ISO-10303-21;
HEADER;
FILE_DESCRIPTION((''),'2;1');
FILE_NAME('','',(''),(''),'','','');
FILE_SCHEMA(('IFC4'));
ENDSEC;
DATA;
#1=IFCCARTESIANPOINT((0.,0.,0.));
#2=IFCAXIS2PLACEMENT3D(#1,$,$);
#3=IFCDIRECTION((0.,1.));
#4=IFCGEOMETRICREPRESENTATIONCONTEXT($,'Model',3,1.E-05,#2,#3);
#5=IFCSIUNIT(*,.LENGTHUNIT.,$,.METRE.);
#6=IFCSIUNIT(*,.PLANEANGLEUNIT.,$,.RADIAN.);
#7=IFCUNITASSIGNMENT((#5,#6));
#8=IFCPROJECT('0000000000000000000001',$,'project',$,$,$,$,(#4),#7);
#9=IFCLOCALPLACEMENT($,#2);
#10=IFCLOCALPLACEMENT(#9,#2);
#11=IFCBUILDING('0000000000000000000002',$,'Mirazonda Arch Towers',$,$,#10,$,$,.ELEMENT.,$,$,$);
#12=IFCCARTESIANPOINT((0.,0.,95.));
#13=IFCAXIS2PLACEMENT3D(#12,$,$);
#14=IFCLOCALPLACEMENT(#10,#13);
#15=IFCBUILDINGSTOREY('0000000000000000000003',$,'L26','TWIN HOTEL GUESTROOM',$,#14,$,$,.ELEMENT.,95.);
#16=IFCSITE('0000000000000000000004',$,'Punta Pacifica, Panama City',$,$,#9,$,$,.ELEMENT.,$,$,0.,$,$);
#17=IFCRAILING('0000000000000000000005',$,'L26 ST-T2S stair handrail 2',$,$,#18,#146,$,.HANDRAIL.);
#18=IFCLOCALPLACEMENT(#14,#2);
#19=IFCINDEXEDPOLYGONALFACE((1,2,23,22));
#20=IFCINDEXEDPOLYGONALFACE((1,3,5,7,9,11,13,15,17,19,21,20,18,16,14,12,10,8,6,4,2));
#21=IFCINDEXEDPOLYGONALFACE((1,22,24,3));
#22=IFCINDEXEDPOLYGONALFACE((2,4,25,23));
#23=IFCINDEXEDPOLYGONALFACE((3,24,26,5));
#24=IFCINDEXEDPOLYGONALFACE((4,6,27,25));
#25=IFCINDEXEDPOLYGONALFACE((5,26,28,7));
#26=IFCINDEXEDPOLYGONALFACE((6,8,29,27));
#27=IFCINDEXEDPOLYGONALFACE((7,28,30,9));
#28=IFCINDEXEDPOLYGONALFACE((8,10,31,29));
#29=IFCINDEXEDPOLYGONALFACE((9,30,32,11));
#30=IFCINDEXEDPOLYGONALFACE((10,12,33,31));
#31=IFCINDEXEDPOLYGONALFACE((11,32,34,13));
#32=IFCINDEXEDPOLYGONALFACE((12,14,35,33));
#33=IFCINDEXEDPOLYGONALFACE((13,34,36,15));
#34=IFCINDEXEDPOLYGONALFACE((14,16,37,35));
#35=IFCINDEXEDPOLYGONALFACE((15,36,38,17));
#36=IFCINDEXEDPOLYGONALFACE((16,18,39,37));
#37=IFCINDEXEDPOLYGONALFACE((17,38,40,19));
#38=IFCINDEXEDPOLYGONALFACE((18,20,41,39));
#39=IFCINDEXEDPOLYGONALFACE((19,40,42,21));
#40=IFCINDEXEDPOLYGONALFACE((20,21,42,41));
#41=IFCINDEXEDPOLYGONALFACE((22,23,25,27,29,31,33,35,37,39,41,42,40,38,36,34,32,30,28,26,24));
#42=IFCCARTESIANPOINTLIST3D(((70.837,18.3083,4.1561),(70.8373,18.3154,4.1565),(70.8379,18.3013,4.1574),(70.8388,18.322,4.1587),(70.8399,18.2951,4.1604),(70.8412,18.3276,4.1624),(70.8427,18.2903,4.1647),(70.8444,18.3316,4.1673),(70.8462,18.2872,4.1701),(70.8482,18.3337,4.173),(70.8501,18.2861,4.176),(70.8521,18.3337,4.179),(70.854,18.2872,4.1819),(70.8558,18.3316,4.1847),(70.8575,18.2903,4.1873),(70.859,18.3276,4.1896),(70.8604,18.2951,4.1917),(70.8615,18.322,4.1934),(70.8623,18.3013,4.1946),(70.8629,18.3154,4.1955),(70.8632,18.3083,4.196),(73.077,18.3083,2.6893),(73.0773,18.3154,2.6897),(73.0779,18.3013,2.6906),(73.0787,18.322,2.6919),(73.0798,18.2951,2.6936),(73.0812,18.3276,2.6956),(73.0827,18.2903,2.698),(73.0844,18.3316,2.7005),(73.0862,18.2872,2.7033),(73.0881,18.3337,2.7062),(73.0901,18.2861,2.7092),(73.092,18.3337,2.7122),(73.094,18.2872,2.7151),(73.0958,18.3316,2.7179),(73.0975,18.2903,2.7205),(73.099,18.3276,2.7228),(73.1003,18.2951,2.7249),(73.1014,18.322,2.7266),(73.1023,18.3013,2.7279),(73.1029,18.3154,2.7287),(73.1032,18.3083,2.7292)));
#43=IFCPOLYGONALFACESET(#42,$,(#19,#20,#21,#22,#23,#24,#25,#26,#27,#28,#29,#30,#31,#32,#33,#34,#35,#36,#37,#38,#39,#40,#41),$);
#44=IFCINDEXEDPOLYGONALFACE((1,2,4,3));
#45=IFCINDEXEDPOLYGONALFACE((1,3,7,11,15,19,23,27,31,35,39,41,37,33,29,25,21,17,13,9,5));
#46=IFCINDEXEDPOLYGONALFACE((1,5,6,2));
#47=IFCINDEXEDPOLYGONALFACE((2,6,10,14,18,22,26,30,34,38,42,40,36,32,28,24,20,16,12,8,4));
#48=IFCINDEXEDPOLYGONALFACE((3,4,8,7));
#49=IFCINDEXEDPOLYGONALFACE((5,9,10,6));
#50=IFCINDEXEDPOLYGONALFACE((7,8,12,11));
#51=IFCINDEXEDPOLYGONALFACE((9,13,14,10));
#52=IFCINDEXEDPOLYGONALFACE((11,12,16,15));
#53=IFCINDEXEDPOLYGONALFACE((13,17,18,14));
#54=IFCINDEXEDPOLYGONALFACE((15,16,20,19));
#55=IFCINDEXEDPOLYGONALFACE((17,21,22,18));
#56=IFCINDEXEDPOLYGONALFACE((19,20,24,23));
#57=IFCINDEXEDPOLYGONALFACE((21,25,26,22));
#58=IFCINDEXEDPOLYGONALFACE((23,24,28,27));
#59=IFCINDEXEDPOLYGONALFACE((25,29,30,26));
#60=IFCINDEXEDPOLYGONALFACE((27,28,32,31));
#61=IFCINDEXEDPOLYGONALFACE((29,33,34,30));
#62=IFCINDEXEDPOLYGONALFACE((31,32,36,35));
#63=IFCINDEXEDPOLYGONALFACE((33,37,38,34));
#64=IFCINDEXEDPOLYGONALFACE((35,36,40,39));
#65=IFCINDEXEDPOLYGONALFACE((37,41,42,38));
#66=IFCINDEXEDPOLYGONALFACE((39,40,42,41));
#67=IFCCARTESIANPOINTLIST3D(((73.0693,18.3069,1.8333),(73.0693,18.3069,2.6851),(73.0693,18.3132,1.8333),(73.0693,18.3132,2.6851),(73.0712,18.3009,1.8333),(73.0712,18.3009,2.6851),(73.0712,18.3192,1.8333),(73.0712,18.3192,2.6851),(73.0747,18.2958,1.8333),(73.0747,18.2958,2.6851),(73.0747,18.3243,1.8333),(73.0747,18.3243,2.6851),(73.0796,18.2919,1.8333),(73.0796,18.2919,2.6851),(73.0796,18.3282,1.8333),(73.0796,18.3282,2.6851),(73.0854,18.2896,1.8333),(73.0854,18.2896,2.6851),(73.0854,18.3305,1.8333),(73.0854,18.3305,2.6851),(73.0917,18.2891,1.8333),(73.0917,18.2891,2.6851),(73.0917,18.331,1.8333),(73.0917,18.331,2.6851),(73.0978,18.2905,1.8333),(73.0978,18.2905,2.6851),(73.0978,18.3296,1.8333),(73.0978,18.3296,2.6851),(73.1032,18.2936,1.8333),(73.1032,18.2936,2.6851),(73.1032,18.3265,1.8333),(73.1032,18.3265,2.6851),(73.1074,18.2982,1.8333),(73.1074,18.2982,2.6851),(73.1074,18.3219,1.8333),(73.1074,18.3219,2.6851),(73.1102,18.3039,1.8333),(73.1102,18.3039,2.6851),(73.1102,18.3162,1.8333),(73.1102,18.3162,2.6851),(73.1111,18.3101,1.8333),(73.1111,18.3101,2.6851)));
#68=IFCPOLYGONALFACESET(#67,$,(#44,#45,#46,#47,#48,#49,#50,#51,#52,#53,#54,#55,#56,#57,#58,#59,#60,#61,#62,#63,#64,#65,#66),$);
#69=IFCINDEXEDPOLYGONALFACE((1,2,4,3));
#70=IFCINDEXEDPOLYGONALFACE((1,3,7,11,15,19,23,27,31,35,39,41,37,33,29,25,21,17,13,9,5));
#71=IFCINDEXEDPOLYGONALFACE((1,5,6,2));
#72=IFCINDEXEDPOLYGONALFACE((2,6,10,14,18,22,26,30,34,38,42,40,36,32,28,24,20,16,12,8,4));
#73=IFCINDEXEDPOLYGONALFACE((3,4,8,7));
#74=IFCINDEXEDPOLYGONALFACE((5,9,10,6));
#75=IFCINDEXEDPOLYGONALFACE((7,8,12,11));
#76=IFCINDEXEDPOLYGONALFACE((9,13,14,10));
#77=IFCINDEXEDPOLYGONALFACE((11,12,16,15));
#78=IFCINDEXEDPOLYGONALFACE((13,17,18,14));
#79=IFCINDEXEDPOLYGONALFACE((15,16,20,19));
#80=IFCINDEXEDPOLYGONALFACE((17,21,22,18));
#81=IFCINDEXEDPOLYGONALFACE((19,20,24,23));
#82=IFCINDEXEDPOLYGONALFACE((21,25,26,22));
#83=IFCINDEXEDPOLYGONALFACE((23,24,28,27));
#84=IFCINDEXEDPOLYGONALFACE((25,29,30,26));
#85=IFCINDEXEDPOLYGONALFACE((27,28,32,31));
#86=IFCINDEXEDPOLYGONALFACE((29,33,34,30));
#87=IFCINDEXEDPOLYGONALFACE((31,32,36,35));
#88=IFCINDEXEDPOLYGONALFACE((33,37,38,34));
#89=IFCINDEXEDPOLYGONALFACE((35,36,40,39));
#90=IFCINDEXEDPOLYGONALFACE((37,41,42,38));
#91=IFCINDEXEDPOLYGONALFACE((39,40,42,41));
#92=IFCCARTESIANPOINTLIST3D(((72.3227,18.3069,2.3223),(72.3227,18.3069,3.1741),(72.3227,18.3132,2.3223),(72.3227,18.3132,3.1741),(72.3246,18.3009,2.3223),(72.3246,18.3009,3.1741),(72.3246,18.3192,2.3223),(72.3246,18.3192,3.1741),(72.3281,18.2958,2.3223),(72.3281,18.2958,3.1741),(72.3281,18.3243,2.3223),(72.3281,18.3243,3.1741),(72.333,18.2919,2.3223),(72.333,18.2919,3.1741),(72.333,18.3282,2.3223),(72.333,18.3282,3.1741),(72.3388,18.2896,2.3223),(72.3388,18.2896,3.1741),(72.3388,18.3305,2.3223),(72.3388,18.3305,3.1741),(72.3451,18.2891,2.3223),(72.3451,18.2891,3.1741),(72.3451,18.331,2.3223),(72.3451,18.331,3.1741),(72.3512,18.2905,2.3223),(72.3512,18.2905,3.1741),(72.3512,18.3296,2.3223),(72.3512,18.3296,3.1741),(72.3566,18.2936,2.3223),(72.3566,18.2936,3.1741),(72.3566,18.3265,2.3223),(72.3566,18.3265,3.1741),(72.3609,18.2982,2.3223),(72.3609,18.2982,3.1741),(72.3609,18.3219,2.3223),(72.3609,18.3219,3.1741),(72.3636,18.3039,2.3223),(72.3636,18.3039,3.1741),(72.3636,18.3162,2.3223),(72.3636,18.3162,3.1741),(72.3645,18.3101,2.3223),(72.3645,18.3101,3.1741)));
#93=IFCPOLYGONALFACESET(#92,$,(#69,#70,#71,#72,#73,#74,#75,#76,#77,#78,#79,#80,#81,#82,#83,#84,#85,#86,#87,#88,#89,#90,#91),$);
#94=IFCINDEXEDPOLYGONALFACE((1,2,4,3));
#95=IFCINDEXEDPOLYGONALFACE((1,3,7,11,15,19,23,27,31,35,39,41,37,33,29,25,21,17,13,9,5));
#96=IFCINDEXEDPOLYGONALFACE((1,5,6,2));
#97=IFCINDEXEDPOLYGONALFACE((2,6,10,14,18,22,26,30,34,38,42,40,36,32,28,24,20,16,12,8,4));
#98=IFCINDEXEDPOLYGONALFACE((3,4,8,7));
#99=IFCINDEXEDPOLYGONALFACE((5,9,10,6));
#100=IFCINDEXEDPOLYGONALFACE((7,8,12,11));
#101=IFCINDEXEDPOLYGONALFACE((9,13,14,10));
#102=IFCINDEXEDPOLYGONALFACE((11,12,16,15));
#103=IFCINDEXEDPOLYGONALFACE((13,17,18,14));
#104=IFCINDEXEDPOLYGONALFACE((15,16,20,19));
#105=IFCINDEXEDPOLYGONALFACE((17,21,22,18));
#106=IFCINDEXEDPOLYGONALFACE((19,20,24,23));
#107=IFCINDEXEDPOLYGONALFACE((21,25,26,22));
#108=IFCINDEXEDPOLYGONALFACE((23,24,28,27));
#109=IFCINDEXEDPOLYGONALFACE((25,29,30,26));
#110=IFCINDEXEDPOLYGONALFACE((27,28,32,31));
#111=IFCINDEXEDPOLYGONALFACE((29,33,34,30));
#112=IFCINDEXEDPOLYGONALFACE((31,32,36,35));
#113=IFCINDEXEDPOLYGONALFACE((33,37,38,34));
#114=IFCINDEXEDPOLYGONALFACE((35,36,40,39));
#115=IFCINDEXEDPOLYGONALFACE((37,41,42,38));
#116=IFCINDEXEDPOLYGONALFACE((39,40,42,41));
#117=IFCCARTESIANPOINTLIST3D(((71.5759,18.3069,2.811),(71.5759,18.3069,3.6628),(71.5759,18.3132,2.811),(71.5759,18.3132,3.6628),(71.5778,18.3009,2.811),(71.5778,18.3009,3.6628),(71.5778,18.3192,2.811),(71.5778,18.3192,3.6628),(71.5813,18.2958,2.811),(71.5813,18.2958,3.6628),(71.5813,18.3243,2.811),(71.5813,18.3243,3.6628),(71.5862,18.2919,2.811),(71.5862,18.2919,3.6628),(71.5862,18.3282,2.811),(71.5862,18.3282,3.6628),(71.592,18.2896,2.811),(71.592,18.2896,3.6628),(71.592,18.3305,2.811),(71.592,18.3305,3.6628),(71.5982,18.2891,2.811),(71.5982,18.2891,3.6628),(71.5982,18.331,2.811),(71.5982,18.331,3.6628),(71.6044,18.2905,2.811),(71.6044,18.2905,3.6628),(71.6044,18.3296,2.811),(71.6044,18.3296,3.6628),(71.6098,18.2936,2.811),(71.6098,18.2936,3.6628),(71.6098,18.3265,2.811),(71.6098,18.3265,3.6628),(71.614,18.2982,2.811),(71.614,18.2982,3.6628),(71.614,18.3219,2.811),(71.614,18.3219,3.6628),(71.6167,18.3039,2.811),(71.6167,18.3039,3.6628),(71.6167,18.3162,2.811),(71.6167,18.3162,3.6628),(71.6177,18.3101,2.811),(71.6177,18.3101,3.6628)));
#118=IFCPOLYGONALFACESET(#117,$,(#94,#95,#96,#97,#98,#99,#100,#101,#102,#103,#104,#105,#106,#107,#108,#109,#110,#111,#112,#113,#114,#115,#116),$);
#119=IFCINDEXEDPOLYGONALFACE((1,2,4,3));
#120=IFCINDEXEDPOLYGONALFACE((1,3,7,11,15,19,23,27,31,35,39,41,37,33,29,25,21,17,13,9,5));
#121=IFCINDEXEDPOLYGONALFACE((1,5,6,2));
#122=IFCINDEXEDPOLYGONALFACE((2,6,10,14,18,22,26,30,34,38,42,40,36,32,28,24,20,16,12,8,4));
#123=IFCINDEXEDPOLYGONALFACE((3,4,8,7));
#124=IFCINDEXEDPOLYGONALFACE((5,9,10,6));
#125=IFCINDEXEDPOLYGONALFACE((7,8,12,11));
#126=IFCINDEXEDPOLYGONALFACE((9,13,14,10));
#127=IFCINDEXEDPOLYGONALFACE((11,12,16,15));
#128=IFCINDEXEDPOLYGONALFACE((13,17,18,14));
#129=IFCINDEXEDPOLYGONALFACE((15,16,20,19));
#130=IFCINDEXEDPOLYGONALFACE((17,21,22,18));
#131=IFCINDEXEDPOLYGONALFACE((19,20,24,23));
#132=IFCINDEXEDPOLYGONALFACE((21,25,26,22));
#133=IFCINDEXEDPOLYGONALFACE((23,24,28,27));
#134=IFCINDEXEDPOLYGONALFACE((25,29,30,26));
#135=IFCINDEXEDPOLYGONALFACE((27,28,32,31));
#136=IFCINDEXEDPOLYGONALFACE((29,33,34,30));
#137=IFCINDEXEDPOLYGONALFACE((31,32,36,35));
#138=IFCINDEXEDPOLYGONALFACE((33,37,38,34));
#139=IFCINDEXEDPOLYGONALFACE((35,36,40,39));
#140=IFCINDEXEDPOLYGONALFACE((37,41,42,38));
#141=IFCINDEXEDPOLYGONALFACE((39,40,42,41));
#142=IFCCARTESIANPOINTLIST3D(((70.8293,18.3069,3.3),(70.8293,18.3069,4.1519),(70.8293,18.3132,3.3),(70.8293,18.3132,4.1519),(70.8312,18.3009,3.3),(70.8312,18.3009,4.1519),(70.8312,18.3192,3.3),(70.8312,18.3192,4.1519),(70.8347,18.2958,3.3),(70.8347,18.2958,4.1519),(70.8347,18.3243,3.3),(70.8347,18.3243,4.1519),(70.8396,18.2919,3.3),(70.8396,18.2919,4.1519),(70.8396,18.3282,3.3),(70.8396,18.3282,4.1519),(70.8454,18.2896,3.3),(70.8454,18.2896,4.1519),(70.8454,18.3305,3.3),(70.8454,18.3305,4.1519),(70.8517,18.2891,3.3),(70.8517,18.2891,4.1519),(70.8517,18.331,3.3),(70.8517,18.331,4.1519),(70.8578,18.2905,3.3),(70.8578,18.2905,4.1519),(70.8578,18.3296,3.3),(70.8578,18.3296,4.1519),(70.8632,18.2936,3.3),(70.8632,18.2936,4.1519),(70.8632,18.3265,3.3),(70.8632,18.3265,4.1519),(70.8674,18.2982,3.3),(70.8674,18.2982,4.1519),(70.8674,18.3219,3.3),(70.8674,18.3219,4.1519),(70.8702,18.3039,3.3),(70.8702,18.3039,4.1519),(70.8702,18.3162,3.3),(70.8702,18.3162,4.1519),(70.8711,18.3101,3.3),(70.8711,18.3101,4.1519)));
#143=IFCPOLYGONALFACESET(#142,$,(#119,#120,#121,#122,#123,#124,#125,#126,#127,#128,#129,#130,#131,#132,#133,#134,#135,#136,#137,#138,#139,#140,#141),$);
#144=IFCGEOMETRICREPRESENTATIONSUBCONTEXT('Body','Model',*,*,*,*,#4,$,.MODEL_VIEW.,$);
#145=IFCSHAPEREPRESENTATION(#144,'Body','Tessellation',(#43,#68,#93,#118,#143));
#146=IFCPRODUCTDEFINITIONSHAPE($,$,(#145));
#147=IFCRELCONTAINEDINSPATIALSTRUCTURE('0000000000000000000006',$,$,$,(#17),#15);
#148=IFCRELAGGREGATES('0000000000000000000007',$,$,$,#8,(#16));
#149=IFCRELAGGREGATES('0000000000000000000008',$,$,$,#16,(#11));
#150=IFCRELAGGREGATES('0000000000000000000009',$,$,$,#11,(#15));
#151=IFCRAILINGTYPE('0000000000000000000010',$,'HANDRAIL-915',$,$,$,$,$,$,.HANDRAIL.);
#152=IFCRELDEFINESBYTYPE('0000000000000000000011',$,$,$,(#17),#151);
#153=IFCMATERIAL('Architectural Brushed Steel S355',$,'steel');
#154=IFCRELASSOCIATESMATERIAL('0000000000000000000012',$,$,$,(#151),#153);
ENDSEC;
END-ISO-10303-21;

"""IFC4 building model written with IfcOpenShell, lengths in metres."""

from ifc_helpers import new_model, si_unit, direction, frame, origin, origin_2d, place, context, subcontext, project, spatial, circle, extrude, material, type_object, element, save


model = new_model("IFC4")

# Units and contexts
model_context = context("Model", 3, precision=1e-05, world=origin(), true_north=direction((0.0, 1.0)))
body_context = subcontext(model_context, "Body", "Model", "MODEL_VIEW")
ifc_project = project(units=[si_unit("LENGTHUNIT", "METRE"), si_unit("PLANEANGLEUNIT", "RADIAN")], contexts=[model_context])

# Site, building, storey
site_placement = place(None, origin())
site = spatial("IfcSite", under=ifc_project, at=site_placement, Name="Punta Pacifica, Panama City", CompositionType="ELEMENT", RefElevation=0.0)
building_placement = place(site_placement, origin())
building = spatial("IfcBuilding", under=site, at=building_placement, Name="Mirazonda Arch Towers", CompositionType="ELEMENT")
storey_placement = place(building_placement, frame((0.0, 0.0, 95.0)))
storey = spatial("IfcBuildingStorey", under=building, at=storey_placement, Name="L26", Description="TWIN HOTEL GUESTROOM", CompositionType="ELEMENT", Elevation=95.0)

# Railing
ifc_material_1 = material(Name="Architectural Brushed Steel S355", Category="steel")
railing_type_1 = type_object("IfcRailingType", Name="HANDRAIL-915", PredefinedType="HANDRAIL", material=ifc_material_1)
railing_1_placement = place(storey_placement, frame((73.0901, 18.3101, 1.8333)))
element("IfcRailing", 1, at=railing_1_placement, inside=storey, type_object=railing_type_1, Name="L26 ST-T2S stair handrail 2", PredefinedType="HANDRAIL", context=body_context, shape_type="SweptSolid", body=[
    extrude(circle(Radius=0.0239, at=origin_2d()), frame((0.0, 0.0, 0.876), z_axis=(-0.836595, 0.0, 0.547822), x_axis=(0.0, -1.0, 0.0)), (0.0, 0.0, 1.0), 2.6775),
    extrude(circle(Radius=0.021, at=origin_2d()), origin(), (0.0, 0.0, 1.0), 0.8518),
    extrude(circle(Radius=0.021, at=origin_2d()), frame((-0.7466, 0.0, 0.489)), (0.0, 0.0, 1.0), 0.8518),
    extrude(circle(Radius=0.021, at=origin_2d()), frame((-1.4934, 0.0, 0.9778)), (0.0, 0.0, 1.0), 0.8518),
    extrude(circle(Radius=0.021, at=origin_2d()), frame((-2.24, 0.0, 1.4668)), (0.0, 0.0, 1.0), 0.8518),
])

save(model, "model.ifc")
